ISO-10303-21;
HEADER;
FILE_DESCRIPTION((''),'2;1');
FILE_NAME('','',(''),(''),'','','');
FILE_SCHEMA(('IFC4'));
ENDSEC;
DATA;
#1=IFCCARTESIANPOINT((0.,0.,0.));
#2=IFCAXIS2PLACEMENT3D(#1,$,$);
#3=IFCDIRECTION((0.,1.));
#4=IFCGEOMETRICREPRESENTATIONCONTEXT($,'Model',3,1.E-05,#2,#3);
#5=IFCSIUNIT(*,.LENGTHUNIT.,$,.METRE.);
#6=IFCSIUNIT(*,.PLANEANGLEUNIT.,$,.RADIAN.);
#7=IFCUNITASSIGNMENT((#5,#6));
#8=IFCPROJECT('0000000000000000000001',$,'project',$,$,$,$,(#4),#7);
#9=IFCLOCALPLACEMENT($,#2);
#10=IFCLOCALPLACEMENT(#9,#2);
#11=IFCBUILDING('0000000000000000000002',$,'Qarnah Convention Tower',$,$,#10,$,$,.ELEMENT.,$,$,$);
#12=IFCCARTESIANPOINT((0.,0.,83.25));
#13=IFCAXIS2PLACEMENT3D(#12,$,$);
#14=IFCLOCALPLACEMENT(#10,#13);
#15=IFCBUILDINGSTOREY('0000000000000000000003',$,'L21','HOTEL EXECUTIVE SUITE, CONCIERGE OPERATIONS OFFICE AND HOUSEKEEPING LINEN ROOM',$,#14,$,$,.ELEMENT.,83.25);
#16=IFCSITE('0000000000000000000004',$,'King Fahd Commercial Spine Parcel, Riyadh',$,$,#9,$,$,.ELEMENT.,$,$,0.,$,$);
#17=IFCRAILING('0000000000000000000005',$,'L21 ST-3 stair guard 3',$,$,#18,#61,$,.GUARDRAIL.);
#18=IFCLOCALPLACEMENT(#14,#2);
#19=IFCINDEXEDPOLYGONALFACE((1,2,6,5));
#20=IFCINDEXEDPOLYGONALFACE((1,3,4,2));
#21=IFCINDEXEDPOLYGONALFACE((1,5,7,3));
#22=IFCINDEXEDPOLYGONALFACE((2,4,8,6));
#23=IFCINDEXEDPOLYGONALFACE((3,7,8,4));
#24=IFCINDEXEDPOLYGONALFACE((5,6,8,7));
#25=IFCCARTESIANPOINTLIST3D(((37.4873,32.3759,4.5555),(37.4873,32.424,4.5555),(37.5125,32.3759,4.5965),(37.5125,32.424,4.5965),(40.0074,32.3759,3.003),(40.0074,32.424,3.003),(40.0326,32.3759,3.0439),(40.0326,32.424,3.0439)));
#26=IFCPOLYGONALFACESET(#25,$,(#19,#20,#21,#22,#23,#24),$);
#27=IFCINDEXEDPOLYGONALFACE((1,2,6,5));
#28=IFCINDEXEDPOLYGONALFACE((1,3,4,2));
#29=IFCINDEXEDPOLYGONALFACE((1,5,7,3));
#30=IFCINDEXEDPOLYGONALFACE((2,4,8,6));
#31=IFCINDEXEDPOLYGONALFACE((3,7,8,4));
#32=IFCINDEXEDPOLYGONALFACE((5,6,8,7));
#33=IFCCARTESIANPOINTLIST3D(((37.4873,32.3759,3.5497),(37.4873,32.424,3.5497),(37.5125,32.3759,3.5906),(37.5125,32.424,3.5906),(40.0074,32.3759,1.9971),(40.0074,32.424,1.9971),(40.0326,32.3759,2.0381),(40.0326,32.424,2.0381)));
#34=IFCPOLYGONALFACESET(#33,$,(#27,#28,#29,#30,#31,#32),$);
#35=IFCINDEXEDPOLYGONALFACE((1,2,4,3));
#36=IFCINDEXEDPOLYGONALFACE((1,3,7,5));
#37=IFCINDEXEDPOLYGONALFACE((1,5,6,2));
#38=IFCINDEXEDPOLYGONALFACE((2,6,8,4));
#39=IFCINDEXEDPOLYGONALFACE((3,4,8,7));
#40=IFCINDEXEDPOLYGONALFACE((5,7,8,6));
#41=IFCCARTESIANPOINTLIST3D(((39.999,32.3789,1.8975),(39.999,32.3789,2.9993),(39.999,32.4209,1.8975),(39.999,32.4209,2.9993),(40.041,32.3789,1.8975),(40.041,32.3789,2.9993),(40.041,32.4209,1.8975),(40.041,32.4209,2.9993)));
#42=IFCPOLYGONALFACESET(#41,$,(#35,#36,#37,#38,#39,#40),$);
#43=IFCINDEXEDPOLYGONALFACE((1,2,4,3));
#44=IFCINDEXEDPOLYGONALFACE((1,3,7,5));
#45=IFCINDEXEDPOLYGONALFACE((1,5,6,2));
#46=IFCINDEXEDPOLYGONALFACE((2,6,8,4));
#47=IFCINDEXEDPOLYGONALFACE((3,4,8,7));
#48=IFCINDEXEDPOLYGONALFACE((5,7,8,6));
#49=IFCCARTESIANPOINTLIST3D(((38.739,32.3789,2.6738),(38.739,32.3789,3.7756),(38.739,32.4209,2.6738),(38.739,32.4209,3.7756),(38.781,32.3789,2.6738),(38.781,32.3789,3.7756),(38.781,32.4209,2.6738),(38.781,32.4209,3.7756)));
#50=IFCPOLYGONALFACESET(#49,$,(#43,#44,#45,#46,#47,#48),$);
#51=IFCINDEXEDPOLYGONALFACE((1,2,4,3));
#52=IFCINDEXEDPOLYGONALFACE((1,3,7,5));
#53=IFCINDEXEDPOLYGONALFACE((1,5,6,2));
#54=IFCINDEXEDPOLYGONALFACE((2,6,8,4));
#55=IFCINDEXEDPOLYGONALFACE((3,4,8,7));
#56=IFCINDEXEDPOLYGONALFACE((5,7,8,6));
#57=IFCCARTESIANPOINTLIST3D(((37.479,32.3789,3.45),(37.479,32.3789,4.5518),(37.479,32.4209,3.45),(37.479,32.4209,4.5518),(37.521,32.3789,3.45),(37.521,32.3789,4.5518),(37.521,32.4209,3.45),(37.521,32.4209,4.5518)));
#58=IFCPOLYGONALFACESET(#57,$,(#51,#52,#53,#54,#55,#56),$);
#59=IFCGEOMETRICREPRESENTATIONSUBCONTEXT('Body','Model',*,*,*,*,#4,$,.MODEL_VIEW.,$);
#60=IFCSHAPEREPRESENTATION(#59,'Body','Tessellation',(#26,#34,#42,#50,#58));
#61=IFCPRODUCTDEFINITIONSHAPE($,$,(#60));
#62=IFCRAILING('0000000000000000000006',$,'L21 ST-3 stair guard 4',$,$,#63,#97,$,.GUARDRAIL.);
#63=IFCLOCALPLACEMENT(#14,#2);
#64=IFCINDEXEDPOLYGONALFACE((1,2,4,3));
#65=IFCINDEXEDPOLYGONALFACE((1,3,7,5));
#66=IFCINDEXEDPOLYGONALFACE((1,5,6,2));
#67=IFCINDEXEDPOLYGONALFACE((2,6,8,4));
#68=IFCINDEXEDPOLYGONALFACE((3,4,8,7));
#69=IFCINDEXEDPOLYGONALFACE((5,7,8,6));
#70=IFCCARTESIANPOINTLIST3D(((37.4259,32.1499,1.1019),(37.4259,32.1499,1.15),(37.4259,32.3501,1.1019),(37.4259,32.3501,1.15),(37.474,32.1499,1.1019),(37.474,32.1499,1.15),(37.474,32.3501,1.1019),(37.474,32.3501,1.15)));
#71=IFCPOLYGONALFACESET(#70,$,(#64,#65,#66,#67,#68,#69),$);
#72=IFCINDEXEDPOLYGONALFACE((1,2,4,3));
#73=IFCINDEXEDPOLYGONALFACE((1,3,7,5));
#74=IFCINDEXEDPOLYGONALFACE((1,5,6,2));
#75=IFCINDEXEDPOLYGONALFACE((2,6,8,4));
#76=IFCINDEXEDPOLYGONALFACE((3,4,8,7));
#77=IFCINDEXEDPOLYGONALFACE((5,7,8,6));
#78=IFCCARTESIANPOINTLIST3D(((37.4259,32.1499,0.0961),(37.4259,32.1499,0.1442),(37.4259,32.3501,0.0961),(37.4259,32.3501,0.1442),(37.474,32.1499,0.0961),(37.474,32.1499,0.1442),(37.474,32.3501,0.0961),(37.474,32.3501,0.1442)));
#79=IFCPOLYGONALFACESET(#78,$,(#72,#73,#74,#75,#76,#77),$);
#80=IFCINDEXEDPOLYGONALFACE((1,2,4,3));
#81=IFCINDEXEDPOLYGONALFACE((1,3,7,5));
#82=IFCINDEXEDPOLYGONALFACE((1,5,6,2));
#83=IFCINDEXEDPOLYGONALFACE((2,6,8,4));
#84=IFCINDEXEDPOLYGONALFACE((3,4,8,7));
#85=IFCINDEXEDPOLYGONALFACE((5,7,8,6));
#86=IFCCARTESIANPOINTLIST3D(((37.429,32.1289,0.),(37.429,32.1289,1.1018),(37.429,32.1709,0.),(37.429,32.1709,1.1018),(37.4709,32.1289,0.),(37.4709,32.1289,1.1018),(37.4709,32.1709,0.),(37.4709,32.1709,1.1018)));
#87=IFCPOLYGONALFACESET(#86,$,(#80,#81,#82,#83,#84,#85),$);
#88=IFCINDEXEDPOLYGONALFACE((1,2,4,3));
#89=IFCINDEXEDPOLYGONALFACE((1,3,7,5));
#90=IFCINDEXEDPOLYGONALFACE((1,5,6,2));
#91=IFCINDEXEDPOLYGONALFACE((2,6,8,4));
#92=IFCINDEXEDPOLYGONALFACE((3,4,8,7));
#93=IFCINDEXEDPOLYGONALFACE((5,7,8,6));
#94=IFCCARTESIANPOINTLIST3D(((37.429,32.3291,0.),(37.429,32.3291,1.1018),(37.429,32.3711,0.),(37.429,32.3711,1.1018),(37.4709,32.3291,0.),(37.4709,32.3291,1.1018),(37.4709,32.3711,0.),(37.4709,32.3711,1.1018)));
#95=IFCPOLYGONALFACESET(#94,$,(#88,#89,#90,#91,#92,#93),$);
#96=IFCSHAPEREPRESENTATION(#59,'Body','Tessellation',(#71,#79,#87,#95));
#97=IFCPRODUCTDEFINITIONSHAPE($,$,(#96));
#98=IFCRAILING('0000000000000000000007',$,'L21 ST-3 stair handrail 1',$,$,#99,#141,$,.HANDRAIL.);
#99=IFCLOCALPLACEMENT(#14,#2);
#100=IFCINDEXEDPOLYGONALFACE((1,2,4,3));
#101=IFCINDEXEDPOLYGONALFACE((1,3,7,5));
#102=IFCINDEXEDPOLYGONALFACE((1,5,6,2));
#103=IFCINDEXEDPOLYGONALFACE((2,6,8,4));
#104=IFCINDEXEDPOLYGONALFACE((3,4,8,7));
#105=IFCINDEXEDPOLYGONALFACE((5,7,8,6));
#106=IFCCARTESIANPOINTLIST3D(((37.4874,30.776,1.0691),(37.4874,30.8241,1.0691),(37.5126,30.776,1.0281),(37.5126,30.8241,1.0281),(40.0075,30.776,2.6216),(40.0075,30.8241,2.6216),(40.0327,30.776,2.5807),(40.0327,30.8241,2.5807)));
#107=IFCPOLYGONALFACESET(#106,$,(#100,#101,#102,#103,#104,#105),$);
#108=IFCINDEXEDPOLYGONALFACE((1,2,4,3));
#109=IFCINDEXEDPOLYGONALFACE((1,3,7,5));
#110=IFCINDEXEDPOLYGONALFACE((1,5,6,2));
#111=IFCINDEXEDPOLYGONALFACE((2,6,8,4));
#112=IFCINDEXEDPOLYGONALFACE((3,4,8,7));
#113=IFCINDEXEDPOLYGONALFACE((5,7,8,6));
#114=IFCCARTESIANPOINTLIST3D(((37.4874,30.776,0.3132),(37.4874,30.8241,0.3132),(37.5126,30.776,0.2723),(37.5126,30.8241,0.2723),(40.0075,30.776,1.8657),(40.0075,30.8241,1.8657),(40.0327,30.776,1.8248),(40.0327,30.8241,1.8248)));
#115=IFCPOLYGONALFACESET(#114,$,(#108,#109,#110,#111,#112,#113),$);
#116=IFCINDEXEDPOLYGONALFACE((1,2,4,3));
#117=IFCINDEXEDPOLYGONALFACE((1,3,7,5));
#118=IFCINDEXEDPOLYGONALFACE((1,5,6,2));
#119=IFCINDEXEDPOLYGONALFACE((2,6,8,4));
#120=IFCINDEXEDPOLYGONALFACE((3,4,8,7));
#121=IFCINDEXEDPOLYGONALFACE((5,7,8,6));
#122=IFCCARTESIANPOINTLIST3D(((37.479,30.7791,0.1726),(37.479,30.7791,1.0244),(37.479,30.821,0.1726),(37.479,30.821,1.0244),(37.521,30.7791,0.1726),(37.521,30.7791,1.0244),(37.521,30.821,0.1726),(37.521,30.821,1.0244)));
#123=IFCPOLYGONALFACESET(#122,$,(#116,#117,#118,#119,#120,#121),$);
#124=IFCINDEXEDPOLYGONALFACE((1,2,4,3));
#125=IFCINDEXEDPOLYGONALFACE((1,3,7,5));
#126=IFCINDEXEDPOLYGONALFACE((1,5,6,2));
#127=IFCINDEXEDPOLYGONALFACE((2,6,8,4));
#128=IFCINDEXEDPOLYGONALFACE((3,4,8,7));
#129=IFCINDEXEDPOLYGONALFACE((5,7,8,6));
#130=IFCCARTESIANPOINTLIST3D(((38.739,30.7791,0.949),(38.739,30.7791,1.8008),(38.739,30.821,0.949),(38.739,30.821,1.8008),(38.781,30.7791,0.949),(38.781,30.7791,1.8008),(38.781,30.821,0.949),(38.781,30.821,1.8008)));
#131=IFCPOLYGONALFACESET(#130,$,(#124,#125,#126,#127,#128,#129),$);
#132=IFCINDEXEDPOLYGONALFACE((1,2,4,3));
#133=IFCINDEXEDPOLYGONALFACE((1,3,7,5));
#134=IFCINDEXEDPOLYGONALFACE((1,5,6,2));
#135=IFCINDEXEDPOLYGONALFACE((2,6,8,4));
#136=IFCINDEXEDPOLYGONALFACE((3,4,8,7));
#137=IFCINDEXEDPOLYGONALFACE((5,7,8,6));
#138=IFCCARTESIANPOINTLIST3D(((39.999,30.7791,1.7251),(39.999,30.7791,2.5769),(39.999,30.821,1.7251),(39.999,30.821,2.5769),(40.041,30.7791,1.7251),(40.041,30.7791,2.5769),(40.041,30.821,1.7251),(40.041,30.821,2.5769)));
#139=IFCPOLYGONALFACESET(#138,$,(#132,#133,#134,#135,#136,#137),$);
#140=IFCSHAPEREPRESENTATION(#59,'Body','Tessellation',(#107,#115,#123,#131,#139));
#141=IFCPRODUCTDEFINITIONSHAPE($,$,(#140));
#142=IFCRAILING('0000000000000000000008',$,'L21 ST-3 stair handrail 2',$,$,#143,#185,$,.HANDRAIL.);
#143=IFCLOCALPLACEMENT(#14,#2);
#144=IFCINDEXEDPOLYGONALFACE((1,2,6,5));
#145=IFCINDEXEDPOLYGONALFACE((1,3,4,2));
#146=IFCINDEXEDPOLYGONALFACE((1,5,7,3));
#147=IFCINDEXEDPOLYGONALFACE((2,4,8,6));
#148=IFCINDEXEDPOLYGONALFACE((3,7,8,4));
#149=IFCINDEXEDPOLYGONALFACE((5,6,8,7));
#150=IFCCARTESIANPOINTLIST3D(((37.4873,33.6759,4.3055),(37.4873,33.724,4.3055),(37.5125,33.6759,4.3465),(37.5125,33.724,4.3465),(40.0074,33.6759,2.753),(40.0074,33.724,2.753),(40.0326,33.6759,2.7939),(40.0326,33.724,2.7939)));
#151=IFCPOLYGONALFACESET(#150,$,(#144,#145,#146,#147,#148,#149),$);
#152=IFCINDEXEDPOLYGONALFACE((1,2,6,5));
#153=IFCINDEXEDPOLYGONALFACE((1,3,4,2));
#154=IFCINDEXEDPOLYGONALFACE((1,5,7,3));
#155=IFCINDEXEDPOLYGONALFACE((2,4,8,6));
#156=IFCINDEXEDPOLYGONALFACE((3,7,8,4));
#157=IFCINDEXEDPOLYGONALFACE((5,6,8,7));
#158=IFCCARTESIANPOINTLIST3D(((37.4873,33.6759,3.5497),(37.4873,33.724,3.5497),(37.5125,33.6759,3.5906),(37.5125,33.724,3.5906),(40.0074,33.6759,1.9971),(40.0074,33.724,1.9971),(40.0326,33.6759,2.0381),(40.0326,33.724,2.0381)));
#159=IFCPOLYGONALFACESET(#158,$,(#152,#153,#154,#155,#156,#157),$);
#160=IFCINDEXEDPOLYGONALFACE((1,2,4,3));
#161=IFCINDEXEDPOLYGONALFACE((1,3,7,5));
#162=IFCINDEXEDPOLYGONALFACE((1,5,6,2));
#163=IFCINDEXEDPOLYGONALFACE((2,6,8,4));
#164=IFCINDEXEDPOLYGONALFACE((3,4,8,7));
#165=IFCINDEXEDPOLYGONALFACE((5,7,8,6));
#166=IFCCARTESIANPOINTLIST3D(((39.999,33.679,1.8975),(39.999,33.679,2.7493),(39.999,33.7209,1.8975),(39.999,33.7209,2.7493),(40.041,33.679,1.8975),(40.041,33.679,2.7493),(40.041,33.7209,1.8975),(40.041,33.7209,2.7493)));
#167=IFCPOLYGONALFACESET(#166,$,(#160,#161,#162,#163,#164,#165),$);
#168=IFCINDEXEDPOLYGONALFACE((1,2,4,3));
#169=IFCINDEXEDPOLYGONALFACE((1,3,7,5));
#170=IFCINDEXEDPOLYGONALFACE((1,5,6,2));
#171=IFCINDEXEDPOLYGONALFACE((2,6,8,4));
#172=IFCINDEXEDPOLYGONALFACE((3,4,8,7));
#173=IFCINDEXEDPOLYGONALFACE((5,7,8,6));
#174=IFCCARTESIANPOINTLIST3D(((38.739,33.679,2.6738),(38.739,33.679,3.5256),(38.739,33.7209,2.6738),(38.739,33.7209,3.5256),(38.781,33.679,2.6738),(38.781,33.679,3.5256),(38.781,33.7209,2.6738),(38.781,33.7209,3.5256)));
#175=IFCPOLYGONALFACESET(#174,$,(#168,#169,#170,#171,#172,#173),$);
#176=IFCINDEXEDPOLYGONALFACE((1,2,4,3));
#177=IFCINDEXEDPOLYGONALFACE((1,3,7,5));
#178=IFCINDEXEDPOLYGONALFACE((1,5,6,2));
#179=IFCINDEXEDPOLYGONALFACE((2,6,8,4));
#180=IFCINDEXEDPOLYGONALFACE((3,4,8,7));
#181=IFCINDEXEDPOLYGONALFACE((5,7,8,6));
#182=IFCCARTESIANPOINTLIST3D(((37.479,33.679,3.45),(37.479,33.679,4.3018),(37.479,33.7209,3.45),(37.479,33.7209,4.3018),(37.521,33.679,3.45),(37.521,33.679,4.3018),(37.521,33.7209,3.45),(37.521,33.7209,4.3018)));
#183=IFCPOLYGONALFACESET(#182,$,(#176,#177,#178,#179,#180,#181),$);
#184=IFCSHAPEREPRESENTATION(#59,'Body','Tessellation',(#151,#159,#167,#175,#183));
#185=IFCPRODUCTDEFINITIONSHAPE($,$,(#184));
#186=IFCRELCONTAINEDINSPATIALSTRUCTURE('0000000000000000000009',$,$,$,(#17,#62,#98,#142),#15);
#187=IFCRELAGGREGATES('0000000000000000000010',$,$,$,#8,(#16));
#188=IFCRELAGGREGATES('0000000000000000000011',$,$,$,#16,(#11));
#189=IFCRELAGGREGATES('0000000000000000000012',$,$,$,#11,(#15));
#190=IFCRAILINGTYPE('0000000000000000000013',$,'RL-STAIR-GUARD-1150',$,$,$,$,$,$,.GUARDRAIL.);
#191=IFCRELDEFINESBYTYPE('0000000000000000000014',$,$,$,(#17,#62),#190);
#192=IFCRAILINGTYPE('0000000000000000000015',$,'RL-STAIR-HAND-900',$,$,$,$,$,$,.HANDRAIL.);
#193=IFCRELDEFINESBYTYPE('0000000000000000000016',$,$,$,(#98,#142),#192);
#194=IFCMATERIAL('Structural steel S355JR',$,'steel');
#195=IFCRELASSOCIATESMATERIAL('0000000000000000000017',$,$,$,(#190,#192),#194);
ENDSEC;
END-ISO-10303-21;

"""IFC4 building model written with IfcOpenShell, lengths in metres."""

from ifc_helpers import new_model, si_unit, direction, frame, origin, origin_2d, place, context, subcontext, project, spatial, rectangle, extrude, material, type_object, element, save


model = new_model("IFC4")

# Units and contexts
model_context = context("Model", 3, precision=1e-05, world=origin(), true_north=direction((0.0, 1.0)))
body_context = subcontext(model_context, "Body", "Model", "MODEL_VIEW")
ifc_project = project(units=[si_unit("LENGTHUNIT", "METRE"), si_unit("PLANEANGLEUNIT", "RADIAN")], contexts=[model_context])

# Site, building, storey
site_placement = place(None, origin())
site = spatial("IfcSite", under=ifc_project, at=site_placement, Name="King Fahd Commercial Spine Parcel, Riyadh", CompositionType="ELEMENT", RefElevation=0.0)
building_placement = place(site_placement, origin())
building = spatial("IfcBuilding", under=site, at=building_placement, Name="Qarnah Convention Tower", CompositionType="ELEMENT")
storey_placement = place(building_placement, frame((0.0, 0.0, 83.25)))
storey = spatial("IfcBuildingStorey", under=building, at=storey_placement, Name="L21", Description="HOTEL EXECUTIVE SUITE, CONCIERGE OPERATIONS OFFICE AND HOUSEKEEPING LINEN ROOM", CompositionType="ELEMENT", Elevation=83.25)

# Shared definitions
ifc_material_1 = material(Name="Structural steel S355JR", Category="steel")

# Railings
railing_type_1 = type_object("IfcRailingType", Name="RL-STAIR-GUARD-1150", PredefinedType="GUARDRAIL", material=ifc_material_1)
railing_1_placement = place(storey_placement, frame((40.02, 32.3999, 1.8975)))
element("IfcRailing", 1, at=railing_1_placement, inside=storey, type_object=railing_type_1, Name="L21 ST-3 stair guard 3", PredefinedType="GUARDRAIL", context=body_context, shape_type="SweptSolid", body=[
    extrude(rectangle(XDim=0.0481, YDim=0.0481, at=origin_2d()), frame((0.0, 0.0, 1.126), z_axis=(-0.8514, 0.0, 0.524516), x_axis=(0.0, -1.0, 0.0)), (0.0, 0.0, 1.0), 2.96),
    extrude(rectangle(XDim=0.0481, YDim=0.0481, at=origin_2d()), frame((0.0, 0.0, 0.1201), z_axis=(-0.8514, 0.0, 0.524516), x_axis=(0.0, -1.0, 0.0)), (0.0, 0.0, 1.0), 2.96),
    extrude(rectangle(XDim=0.042, YDim=0.042, at=origin_2d()), origin(), (0.0, 0.0, 1.0), 1.1018),
    extrude(rectangle(XDim=0.042, YDim=0.042, at=origin_2d()), frame((-1.26, 0.0, 0.7764)), (0.0, 0.0, 1.0), 1.1018),
    extrude(rectangle(XDim=0.042, YDim=0.042, at=origin_2d()), frame((-2.52, 0.0, 1.5525)), (0.0, 0.0, 1.0), 1.1018),
])
railing_2_placement = place(storey_placement, frame((37.45, 32.1499, 0.0)))
element("IfcRailing", 2, at=railing_2_placement, inside=storey, type_object=railing_type_1, Name="L21 ST-3 stair guard 4", PredefinedType="GUARDRAIL", context=body_context, shape_type="SweptSolid", body=[
    extrude(rectangle(XDim=0.0481, YDim=0.0481, at=origin_2d()), frame((0.0, 0.0, 1.126), z_axis=(0.0, 1.0, 0.0), x_axis=(-1.0, 0.0, 0.0)), (0.0, 0.0, 1.0), 0.2002),
    extrude(rectangle(XDim=0.0481, YDim=0.0481, at=origin_2d()), frame((0.0, 0.0, 0.1201), z_axis=(0.0, 1.0, 0.0), x_axis=(-1.0, 0.0, 0.0)), (0.0, 0.0, 1.0), 0.2002),
    extrude(rectangle(XDim=0.042, YDim=0.042, at=origin_2d()), origin(), (0.0, 0.0, 1.0), 1.1018),
    extrude(rectangle(XDim=0.042, YDim=0.042, at=origin_2d()), frame((0.0, 0.2002, 0.0)), (0.0, 0.0, 1.0), 1.1018),
])
railing_type_2 = type_object("IfcRailingType", Name="RL-STAIR-HAND-900", PredefinedType="HANDRAIL", material=ifc_material_1)
railing_3_placement = place(storey_placement, frame((37.5, 30.8, 0.1726)))
element("IfcRailing", 3, at=railing_3_placement, inside=storey, type_object=railing_type_2, Name="L21 ST-3 stair handrail 1", PredefinedType="HANDRAIL", context=body_context, shape_type="SweptSolid", body=[
    extrude(rectangle(XDim=0.0481, YDim=0.0481, at=origin_2d()), frame((0.0, 0.0, 0.876), z_axis=(0.8514, 0.0, 0.524516), x_axis=(0.0, 1.0, 0.0)), (0.0, 0.0, 1.0), 2.96),
    extrude(rectangle(XDim=0.0481, YDim=0.0481, at=origin_2d()), frame((0.0, 0.0, 0.1201), z_axis=(0.8514, 0.0, 0.524516), x_axis=(0.0, 1.0, 0.0)), (0.0, 0.0, 1.0), 2.96),
    extrude(rectangle(XDim=0.042, YDim=0.042, at=origin_2d()), origin(), (0.0, 0.0, 1.0), 0.8518),
    extrude(rectangle(XDim=0.042, YDim=0.042, at=origin_2d()), frame((1.26, 0.0, 0.7764)), (0.0, 0.0, 1.0), 0.8518),
    extrude(rectangle(XDim=0.042, YDim=0.042, at=origin_2d()), frame((2.52, 0.0, 1.5525)), (0.0, 0.0, 1.0), 0.8518),
])
railing_4_placement = place(storey_placement, frame((40.02, 33.7, 1.8975)))
element("IfcRailing", 4, at=railing_4_placement, inside=storey, type_object=railing_type_2, Name="L21 ST-3 stair handrail 2", PredefinedType="HANDRAIL", context=body_context, shape_type="SweptSolid", body=[
    extrude(rectangle(XDim=0.0481, YDim=0.0481, at=origin_2d()), frame((0.0, 0.0, 0.876), z_axis=(-0.8514, 0.0, 0.524516), x_axis=(0.0, -1.0, 0.0)), (0.0, 0.0, 1.0), 2.96),
    extrude(rectangle(XDim=0.0481, YDim=0.0481, at=origin_2d()), frame((0.0, 0.0, 0.1201), z_axis=(-0.8514, 0.0, 0.524516), x_axis=(0.0, -1.0, 0.0)), (0.0, 0.0, 1.0), 2.96),
    extrude(rectangle(XDim=0.042, YDim=0.042, at=origin_2d()), origin(), (0.0, 0.0, 1.0), 0.8518),
    extrude(rectangle(XDim=0.042, YDim=0.042, at=origin_2d()), frame((-1.26, 0.0, 0.7764)), (0.0, 0.0, 1.0), 0.8518),
    extrude(rectangle(XDim=0.042, YDim=0.042, at=origin_2d()), frame((-2.52, 0.0, 1.5525)), (0.0, 0.0, 1.0), 0.8518),
])

save(model, "model.ifc")
